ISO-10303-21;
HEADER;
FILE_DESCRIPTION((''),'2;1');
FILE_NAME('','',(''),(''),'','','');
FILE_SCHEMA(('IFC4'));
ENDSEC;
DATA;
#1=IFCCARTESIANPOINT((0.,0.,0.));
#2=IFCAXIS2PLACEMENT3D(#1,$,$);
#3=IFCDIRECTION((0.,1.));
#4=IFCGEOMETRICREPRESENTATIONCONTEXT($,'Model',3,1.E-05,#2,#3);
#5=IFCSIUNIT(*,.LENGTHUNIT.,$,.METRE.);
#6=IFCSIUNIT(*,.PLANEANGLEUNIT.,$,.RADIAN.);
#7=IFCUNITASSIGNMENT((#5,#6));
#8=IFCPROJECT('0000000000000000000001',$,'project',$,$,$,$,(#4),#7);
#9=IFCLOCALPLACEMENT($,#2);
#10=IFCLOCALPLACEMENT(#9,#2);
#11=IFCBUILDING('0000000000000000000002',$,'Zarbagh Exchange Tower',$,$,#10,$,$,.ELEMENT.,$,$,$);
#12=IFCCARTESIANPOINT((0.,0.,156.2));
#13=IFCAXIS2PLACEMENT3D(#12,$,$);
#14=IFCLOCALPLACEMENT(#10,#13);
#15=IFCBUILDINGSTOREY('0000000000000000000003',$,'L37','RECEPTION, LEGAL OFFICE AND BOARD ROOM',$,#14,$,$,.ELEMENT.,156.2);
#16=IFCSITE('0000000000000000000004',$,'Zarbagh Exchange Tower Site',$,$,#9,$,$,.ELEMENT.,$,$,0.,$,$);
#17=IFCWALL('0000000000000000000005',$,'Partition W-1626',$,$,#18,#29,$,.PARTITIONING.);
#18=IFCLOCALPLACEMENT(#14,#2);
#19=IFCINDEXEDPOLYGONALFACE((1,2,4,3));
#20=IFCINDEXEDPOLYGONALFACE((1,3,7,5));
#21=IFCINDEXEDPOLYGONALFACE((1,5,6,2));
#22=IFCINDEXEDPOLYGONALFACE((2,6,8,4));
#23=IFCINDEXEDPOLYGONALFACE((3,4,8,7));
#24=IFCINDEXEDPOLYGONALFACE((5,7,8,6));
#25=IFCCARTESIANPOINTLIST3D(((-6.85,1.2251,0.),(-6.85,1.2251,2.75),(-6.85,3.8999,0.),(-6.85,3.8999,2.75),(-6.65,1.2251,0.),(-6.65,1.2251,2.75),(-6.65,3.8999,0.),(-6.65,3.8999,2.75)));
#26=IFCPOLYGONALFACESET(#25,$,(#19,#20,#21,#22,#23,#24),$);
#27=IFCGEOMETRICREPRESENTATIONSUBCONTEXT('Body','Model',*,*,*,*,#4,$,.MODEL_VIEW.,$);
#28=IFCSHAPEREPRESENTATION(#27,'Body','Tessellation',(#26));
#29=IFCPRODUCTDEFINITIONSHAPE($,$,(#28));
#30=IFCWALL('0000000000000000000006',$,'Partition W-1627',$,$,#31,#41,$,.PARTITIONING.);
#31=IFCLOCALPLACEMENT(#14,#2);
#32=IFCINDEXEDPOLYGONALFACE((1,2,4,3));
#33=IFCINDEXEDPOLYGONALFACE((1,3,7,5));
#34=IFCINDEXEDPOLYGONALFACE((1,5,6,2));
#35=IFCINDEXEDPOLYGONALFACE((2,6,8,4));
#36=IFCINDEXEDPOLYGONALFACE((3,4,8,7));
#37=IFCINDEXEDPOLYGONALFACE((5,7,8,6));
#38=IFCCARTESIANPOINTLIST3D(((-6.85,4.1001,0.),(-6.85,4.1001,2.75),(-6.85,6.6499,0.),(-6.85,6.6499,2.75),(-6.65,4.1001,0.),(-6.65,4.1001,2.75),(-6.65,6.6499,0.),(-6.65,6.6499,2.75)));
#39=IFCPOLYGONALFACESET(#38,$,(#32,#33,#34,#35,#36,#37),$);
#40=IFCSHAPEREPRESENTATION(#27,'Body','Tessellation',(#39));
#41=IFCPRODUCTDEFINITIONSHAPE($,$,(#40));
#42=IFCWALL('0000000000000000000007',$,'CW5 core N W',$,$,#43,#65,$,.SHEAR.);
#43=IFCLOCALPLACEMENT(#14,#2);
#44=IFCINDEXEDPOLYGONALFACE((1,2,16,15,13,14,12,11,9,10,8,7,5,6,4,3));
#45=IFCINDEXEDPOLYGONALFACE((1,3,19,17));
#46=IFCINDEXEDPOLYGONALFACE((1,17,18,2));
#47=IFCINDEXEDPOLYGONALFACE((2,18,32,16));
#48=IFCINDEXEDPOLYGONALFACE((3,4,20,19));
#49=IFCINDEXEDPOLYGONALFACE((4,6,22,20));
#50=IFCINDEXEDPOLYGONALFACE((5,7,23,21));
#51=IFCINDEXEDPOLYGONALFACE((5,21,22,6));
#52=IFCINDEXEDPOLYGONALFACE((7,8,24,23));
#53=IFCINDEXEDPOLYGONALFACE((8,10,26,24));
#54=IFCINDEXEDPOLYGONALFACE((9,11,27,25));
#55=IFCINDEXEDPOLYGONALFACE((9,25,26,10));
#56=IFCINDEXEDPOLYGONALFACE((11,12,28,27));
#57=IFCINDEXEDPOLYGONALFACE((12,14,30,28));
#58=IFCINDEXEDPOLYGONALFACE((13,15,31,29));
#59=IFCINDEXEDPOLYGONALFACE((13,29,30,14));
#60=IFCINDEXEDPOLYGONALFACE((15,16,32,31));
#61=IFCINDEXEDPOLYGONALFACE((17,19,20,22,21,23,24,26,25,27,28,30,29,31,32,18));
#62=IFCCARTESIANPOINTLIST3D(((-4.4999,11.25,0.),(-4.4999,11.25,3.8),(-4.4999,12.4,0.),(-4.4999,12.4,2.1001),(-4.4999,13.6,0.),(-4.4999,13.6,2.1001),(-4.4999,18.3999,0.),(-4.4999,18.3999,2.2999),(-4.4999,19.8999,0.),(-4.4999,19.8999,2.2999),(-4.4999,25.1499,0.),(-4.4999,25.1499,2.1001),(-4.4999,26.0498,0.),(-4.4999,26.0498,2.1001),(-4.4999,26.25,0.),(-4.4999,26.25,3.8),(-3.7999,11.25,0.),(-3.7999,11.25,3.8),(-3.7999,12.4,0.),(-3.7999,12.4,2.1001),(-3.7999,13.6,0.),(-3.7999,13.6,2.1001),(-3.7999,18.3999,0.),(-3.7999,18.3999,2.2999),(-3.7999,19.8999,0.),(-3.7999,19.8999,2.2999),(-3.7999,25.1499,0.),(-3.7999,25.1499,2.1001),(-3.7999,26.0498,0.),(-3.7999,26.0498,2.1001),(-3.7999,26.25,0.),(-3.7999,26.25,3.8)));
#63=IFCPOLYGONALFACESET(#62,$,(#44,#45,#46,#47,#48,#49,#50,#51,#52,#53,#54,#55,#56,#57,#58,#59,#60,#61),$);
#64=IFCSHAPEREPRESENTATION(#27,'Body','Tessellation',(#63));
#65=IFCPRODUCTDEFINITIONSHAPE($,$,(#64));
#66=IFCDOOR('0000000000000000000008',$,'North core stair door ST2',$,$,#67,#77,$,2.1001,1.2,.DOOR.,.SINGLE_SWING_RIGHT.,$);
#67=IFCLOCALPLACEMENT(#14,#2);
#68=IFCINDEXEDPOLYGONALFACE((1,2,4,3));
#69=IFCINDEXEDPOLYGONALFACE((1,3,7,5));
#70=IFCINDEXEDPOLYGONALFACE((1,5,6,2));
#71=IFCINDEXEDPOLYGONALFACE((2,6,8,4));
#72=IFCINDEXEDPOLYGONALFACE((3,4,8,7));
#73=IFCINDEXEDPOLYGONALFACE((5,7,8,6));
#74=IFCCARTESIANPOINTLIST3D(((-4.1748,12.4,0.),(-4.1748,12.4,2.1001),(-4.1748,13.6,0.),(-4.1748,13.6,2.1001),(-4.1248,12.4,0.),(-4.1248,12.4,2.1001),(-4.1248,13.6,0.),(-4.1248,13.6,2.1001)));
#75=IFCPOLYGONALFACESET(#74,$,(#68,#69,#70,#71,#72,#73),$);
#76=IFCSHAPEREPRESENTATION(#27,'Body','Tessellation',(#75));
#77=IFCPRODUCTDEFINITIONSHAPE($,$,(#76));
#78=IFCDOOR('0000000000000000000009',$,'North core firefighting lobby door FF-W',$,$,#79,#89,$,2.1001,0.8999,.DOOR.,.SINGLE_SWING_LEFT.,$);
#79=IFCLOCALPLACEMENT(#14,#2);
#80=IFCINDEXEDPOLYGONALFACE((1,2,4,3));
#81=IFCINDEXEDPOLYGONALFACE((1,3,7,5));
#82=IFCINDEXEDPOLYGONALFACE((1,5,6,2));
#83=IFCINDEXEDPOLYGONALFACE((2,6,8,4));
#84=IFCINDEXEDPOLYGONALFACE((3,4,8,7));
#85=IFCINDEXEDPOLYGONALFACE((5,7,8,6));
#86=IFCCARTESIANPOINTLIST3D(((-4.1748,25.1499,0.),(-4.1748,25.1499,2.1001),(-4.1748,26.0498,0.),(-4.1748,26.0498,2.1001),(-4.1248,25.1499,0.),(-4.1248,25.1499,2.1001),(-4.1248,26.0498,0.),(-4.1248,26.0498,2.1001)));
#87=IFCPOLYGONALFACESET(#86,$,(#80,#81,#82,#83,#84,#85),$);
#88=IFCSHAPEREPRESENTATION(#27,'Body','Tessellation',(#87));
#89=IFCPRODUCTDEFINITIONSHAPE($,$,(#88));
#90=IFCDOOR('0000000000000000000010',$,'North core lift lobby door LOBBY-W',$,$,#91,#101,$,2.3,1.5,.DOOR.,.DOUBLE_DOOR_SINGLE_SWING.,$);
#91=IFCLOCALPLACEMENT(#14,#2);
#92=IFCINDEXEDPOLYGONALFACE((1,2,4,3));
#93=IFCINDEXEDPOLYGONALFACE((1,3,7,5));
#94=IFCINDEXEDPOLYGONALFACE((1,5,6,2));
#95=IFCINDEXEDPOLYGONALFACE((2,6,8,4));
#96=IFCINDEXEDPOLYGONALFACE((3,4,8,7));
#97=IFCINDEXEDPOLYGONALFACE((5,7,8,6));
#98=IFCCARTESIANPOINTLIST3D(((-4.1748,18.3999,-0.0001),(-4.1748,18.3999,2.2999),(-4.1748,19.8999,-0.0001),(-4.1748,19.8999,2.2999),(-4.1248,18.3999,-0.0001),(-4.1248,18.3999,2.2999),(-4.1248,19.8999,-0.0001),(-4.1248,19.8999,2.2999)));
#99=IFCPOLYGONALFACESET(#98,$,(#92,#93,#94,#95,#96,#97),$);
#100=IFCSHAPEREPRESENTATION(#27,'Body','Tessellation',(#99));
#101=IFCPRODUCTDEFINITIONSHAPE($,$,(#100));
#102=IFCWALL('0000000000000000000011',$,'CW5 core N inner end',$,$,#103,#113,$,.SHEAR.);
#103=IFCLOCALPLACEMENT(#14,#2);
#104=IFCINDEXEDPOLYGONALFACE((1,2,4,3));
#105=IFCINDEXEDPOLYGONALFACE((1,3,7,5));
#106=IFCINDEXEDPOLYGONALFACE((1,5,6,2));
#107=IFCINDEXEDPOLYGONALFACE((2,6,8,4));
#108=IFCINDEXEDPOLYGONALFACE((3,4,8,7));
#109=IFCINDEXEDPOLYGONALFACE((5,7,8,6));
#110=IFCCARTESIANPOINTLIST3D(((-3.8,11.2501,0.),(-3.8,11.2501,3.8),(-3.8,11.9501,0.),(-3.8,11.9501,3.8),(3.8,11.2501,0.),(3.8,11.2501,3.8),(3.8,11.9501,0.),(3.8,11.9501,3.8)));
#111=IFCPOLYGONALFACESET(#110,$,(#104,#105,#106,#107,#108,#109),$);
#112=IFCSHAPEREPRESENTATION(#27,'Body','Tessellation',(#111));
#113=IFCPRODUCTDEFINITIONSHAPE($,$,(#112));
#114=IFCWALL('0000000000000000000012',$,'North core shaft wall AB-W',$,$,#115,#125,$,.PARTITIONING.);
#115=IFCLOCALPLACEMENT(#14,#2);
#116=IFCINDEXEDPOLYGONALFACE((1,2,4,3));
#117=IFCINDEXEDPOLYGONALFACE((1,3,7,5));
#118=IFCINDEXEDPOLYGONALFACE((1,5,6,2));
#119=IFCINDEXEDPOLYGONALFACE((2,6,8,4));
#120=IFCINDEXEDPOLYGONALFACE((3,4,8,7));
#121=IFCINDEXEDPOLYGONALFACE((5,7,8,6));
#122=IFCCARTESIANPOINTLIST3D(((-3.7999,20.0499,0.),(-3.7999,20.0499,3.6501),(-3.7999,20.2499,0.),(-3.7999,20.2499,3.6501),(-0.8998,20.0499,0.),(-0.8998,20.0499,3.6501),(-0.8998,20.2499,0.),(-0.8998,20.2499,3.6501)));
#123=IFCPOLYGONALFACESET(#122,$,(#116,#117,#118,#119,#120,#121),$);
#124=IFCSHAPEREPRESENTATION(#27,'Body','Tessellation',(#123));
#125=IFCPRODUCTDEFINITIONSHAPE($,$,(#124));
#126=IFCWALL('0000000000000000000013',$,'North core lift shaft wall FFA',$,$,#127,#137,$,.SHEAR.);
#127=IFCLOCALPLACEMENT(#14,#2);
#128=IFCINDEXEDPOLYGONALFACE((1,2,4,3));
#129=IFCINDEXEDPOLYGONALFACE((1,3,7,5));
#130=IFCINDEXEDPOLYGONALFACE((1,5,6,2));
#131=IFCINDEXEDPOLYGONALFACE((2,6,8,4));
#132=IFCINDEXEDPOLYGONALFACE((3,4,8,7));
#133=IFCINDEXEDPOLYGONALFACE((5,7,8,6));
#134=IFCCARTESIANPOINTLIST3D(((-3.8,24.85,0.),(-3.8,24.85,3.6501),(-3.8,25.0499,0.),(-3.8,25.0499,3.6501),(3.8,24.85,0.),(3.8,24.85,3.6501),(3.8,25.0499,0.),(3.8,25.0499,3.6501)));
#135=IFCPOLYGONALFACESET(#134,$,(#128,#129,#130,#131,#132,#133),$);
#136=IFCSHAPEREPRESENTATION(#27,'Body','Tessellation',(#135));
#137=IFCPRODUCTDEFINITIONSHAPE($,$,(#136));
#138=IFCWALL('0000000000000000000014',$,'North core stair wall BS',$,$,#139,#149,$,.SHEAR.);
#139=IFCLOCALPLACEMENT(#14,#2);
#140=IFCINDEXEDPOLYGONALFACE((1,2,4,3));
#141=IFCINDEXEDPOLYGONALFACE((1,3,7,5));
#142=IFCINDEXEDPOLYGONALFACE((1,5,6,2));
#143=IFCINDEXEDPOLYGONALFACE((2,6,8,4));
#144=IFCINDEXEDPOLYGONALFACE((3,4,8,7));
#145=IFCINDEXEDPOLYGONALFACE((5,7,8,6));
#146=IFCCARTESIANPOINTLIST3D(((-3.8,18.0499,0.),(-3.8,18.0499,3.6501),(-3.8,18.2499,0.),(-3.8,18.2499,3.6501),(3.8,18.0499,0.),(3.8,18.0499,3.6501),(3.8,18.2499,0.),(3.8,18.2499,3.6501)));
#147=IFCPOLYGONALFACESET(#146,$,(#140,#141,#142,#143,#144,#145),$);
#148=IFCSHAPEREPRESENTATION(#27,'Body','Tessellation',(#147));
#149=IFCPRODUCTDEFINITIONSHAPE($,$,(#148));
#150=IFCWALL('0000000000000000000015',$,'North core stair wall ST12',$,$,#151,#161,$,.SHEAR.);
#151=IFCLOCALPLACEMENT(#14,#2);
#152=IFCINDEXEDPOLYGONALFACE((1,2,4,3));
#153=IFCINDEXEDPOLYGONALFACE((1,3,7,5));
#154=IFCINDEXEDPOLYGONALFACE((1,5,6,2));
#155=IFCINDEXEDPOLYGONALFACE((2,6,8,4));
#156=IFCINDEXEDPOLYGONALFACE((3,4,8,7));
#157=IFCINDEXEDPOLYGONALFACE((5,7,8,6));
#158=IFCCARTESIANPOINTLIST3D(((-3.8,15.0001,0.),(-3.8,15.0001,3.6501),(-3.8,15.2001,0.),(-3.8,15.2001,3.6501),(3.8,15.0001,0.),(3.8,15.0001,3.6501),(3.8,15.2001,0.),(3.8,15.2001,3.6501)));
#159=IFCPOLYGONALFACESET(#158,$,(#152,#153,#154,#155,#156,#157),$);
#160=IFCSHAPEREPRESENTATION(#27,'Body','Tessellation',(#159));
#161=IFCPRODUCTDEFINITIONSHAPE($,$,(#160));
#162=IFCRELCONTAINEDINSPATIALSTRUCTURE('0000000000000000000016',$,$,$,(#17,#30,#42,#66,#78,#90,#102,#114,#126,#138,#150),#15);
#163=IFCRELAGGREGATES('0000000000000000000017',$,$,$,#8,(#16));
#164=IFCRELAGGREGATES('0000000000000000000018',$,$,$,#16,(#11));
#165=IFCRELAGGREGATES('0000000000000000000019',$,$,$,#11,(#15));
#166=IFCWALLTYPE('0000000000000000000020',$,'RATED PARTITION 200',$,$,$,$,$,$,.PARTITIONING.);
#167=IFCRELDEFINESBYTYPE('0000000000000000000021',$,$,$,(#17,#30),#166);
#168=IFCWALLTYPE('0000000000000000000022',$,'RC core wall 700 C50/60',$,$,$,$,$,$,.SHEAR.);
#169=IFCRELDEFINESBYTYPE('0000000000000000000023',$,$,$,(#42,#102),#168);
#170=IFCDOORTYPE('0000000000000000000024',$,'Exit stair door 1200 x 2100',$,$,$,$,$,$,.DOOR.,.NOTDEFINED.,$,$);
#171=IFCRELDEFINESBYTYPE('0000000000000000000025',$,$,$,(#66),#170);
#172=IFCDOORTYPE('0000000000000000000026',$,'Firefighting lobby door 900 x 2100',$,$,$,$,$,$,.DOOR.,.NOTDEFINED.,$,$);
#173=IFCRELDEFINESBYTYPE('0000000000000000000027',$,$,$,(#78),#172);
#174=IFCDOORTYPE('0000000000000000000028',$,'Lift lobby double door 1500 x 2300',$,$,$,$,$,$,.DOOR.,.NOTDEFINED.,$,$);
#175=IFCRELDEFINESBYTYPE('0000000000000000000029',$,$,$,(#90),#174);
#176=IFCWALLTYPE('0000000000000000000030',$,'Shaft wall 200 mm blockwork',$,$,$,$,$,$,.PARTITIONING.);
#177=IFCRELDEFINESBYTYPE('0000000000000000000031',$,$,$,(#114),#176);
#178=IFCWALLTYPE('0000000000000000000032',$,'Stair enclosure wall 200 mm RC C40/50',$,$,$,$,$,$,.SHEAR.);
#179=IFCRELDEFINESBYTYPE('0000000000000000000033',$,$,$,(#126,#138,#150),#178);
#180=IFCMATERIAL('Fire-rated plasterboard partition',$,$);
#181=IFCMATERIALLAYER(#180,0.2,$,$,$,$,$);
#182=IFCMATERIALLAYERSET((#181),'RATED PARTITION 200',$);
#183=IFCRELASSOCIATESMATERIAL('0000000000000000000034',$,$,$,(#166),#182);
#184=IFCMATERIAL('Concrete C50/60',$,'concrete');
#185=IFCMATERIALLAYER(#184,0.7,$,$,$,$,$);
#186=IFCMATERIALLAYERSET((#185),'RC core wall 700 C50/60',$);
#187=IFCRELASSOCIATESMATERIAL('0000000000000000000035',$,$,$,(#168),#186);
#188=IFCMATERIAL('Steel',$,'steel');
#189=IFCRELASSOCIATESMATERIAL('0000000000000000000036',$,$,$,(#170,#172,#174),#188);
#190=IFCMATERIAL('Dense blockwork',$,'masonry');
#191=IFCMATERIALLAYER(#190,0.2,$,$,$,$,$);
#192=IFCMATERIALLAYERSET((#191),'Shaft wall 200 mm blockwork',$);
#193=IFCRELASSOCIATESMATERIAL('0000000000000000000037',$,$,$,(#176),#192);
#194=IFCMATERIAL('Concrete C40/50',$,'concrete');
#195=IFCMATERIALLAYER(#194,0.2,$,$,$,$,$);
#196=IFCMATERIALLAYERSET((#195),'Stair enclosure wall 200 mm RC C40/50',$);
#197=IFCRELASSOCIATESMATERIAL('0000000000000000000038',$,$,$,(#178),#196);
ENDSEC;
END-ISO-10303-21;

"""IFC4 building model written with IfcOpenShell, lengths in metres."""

from ifc_helpers import new_model, si_unit, direction, frame, frame_2d, origin, place, context, subcontext, project, spatial, rectangle, extrude, material, layer, layer_set, type_object, element, fill, save


model = new_model("IFC4")

# Units and contexts
model_context = context("Model", 3, precision=1e-05, world=origin(), true_north=direction((0.0, 1.0)))
body_context = subcontext(model_context, "Body", "Model", "MODEL_VIEW")
ifc_project = project(units=[si_unit("LENGTHUNIT", "METRE"), si_unit("PLANEANGLEUNIT", "RADIAN")], contexts=[model_context])

# Site, building, storey
site_placement = place(None, origin())
site = spatial("IfcSite", under=ifc_project, at=site_placement, Name="Zarbagh Exchange Tower Site", CompositionType="ELEMENT", RefElevation=0.0)
building_placement = place(site_placement, origin())
building = spatial("IfcBuilding", under=site, at=building_placement, Name="Zarbagh Exchange Tower", CompositionType="ELEMENT")
storey_placement = place(building_placement, frame((0.0, 0.0, 156.2)))
storey = spatial("IfcBuildingStorey", under=building, at=storey_placement, Name="L37", Description="RECEPTION, LEGAL OFFICE AND BOARD ROOM", CompositionType="ELEMENT", Elevation=156.2)

# Shared definitions
ifc_material_1 = material(Name="Concrete C50/60", Category="concrete")

# Walls
ifc_material_2 = material(Name="Dense blockwork", Category="masonry")
ifc_material_3 = material(Name="Fire-rated plasterboard partition")
ifc_layer_1 = layer(ifc_material_3, 0.2)
ifc_layer_set_1 = layer_set([ifc_layer_1], Name="RATED PARTITION 200")
wall_type_1 = type_object("IfcWallType", Name="RATED PARTITION 200", PredefinedType="PARTITIONING", material=ifc_layer_set_1)
wall_1_placement = place(storey_placement, frame((-6.75, 1.2251, 0.0), z_axis=(0.0, 0.0, 1.0), x_axis=(0.0, 1.0, 0.0)))
element("IfcWall", 1, at=wall_1_placement, inside=storey, type_object=wall_type_1, Name="Partition W-1626", PredefinedType="PARTITIONING", context=body_context, shape_type="SweptSolid", body=[
    extrude(rectangle(XDim=2.6748, YDim=0.2, at=frame_2d((1.3374, 0.0))), origin(), (0.0, 0.0, 1.0), 2.75),
])
wall_2_placement = place(storey_placement, frame((-6.75, 4.1001, 0.0), z_axis=(0.0, 0.0, 1.0), x_axis=(0.0, 1.0, 0.0)))
element("IfcWall", 2, at=wall_2_placement, inside=storey, type_object=wall_type_1, Name="Partition W-1627", PredefinedType="PARTITIONING", context=body_context, shape_type="SweptSolid", body=[
    extrude(rectangle(XDim=2.5498, YDim=0.2, at=frame_2d((1.2749, 0.0))), origin(), (0.0, 0.0, 1.0), 2.75),
])

# Wall, openings, doors
ifc_layer_2 = layer(ifc_material_1, 0.7)
ifc_layer_set_2 = layer_set([ifc_layer_2], Name="RC core wall 700 C50/60")
wall_type_2 = type_object("IfcWallType", Name="RC core wall 700 C50/60", PredefinedType="SHEAR", material=ifc_layer_set_2)
wall_3_placement = place(storey_placement, frame((-4.1499, 11.25, 0.0), z_axis=(0.0, 0.0, 1.0), x_axis=(0.0, 1.0, 0.0)))
wall_3 = element("IfcWall", 3, at=wall_3_placement, inside=storey, type_object=wall_type_2, Name="CW5 core N W", PredefinedType="SHEAR", context=body_context, shape_type="SweptSolid", body=[
    extrude(rectangle(XDim=15.0, YDim=0.7, at=frame_2d((7.5, 0.0))), origin(), (0.0, 0.0, 1.0), 3.8),
])
opening_1_placement = place(wall_3_placement, frame((7.1499, 0.0, 0.0)))
opening_1 = element("IfcOpeningElement", 4, at=opening_1_placement, cuts=wall_3, PredefinedType="OPENING", context=body_context, shape_type="SweptSolid", body=[
    extrude(rectangle(XDim=1.5, YDim=2.3, at=frame_2d((0.75, 1.1499))), frame((0.0, 0.3599, 0.0), z_axis=(0.0, -1.0, 0.0), x_axis=(1.0, 0.0, 0.0)), (0.0, 0.0, 1.0), 0.72),
])
opening_2_placement = place(wall_3_placement, frame((13.8999, 0.0, 0.0)))
opening_2 = element("IfcOpeningElement", 5, at=opening_2_placement, cuts=wall_3, PredefinedType="OPENING", context=body_context, shape_type="SweptSolid", body=[
    extrude(rectangle(XDim=0.8999, YDim=2.1001, at=frame_2d((0.45, 1.05))), frame((0.0, 0.3599, 0.0), z_axis=(0.0, -1.0, 0.0), x_axis=(1.0, 0.0, 0.0)), (0.0, 0.0, 1.0), 0.72),
])
opening_3_placement = place(wall_3_placement, frame((1.1499, 0.0, 0.0)))
opening_3 = element("IfcOpeningElement", 6, at=opening_3_placement, cuts=wall_3, PredefinedType="OPENING", context=body_context, shape_type="SweptSolid", body=[
    extrude(rectangle(XDim=1.2, YDim=2.1001, at=frame_2d((0.6001, 1.05))), frame((0.0, 0.3599, 0.0), z_axis=(0.0, -1.0, 0.0), x_axis=(1.0, 0.0, 0.0)), (0.0, 0.0, 1.0), 0.72),
])
ifc_material_4 = material(Name="Steel", Category="steel")
door_type_1 = type_object("IfcDoorType", Name="Exit stair door 1200 x 2100", OperationType="NOTDEFINED", PredefinedType="DOOR", material=ifc_material_4)
door_1_placement = place(opening_3_placement, origin())
door_1 = element("IfcDoor", 7, at=door_1_placement, inside=storey, type_object=door_type_1, Name="North core stair door ST2", OperationType="SINGLE_SWING_RIGHT", OverallHeight=2.1001, OverallWidth=1.2, PredefinedType="DOOR", context=body_context, shape_type="SweptSolid", body=[
    extrude(rectangle(XDim=1.2, YDim=2.1001, at=frame_2d((0.6001, 1.05))), frame((0.0, 0.0249, 0.0), z_axis=(0.0, -1.0, 0.0), x_axis=(1.0, 0.0, 0.0)), (0.0, 0.0, 1.0), 0.05),
])
fill(opening_3, door_1)
door_type_2 = type_object("IfcDoorType", Name="Firefighting lobby door 900 x 2100", OperationType="NOTDEFINED", PredefinedType="DOOR", material=ifc_material_4)
door_2_placement = place(opening_2_placement, origin())
door_2 = element("IfcDoor", 8, at=door_2_placement, inside=storey, type_object=door_type_2, Name="North core firefighting lobby door FF-W", OperationType="SINGLE_SWING_LEFT", OverallHeight=2.1001, OverallWidth=0.8999, PredefinedType="DOOR", context=body_context, shape_type="SweptSolid", body=[
    extrude(rectangle(XDim=0.8999, YDim=2.1001, at=frame_2d((0.45, 1.05))), frame((0.0, 0.0249, 0.0), z_axis=(0.0, -1.0, 0.0), x_axis=(1.0, 0.0, 0.0)), (0.0, 0.0, 1.0), 0.05),
])
fill(opening_2, door_2)
door_type_3 = type_object("IfcDoorType", Name="Lift lobby double door 1500 x 2300", OperationType="NOTDEFINED", PredefinedType="DOOR", material=ifc_material_4)
door_3_placement = place(opening_1_placement, origin())
door_3 = element("IfcDoor", 9, at=door_3_placement, inside=storey, type_object=door_type_3, Name="North core lift lobby door LOBBY-W", OperationType="DOUBLE_DOOR_SINGLE_SWING", OverallHeight=2.3, OverallWidth=1.5, PredefinedType="DOOR", context=body_context, shape_type="SweptSolid", body=[
    extrude(rectangle(XDim=1.5, YDim=2.3, at=frame_2d((0.75, 1.1499))), frame((0.0, 0.0249, 0.0), z_axis=(0.0, -1.0, 0.0), x_axis=(1.0, 0.0, 0.0)), (0.0, 0.0, 1.0), 0.05),
])
fill(opening_1, door_3)

# Walls
wall_4_placement = place(storey_placement, frame((-3.8, 11.6001, 0.0), z_axis=(0.0, 0.0, 1.0), x_axis=(1.0, 0.0, 0.0)))
element("IfcWall", 10, at=wall_4_placement, inside=storey, type_object=wall_type_2, Name="CW5 core N inner end", PredefinedType="SHEAR", context=body_context, shape_type="SweptSolid", body=[
    extrude(rectangle(XDim=7.6001, YDim=0.7, at=frame_2d((3.8, 0.0))), origin(), (0.0, 0.0, 1.0), 3.8),
])
ifc_layer_3 = layer(ifc_material_2, 0.2)
ifc_layer_set_3 = layer_set([ifc_layer_3], Name="Shaft wall 200 mm blockwork")
wall_type_3 = type_object("IfcWallType", Name="Shaft wall 200 mm blockwork", PredefinedType="PARTITIONING", material=ifc_layer_set_3)
wall_5_placement = place(storey_placement, frame((-3.8, 20.1499, 0.0), z_axis=(0.0, 0.0, 1.0), x_axis=(1.0, 0.0, 0.0)))
element("IfcWall", 11, at=wall_5_placement, inside=storey, type_object=wall_type_3, Name="North core shaft wall AB-W", PredefinedType="PARTITIONING", context=body_context, shape_type="SweptSolid", body=[
    extrude(rectangle(XDim=2.9001, YDim=0.2, at=frame_2d((1.4502, 0.0))), origin(), (0.0, 0.0, 1.0), 3.6501),
])
ifc_material_5 = material(Name="Concrete C40/50", Category="concrete")
ifc_layer_4 = layer(ifc_material_5, 0.2)
ifc_layer_set_4 = layer_set([ifc_layer_4], Name="Stair enclosure wall 200 mm RC C40/50")
wall_type_4 = type_object("IfcWallType", Name="Stair enclosure wall 200 mm RC C40/50", PredefinedType="SHEAR", material=ifc_layer_set_4)
for number, where, z_axis, x_axis, name in (
    (12, (-3.8, 24.95, 0.0), (0.0, 0.0, 1.0), (1.0, 0.0, 0.0), "North core lift shaft wall FFA"),
    (13, (-3.8, 18.1499, 0.0), (0.0, 0.0, 1.0), (1.0, 0.0, 0.0), "North core stair wall BS"),
    (14, (-3.8, 15.1001, 0.0), (0.0, 0.0, 1.0), (1.0, 0.0, 0.0), "North core stair wall ST12"),
):
    element("IfcWall", number, at=place(storey_placement, frame(where, z_axis=z_axis, x_axis=x_axis)), inside=storey, type_object=wall_type_4, Name=name, PredefinedType="SHEAR", context=body_context, shape_type="SweptSolid", body=[
        extrude(rectangle(XDim=7.6001, YDim=0.2, at=frame_2d((3.8, 0.0))), origin(), (0.0, 0.0, 1.0), 3.6501),
    ])

save(model, "model.ifc")
